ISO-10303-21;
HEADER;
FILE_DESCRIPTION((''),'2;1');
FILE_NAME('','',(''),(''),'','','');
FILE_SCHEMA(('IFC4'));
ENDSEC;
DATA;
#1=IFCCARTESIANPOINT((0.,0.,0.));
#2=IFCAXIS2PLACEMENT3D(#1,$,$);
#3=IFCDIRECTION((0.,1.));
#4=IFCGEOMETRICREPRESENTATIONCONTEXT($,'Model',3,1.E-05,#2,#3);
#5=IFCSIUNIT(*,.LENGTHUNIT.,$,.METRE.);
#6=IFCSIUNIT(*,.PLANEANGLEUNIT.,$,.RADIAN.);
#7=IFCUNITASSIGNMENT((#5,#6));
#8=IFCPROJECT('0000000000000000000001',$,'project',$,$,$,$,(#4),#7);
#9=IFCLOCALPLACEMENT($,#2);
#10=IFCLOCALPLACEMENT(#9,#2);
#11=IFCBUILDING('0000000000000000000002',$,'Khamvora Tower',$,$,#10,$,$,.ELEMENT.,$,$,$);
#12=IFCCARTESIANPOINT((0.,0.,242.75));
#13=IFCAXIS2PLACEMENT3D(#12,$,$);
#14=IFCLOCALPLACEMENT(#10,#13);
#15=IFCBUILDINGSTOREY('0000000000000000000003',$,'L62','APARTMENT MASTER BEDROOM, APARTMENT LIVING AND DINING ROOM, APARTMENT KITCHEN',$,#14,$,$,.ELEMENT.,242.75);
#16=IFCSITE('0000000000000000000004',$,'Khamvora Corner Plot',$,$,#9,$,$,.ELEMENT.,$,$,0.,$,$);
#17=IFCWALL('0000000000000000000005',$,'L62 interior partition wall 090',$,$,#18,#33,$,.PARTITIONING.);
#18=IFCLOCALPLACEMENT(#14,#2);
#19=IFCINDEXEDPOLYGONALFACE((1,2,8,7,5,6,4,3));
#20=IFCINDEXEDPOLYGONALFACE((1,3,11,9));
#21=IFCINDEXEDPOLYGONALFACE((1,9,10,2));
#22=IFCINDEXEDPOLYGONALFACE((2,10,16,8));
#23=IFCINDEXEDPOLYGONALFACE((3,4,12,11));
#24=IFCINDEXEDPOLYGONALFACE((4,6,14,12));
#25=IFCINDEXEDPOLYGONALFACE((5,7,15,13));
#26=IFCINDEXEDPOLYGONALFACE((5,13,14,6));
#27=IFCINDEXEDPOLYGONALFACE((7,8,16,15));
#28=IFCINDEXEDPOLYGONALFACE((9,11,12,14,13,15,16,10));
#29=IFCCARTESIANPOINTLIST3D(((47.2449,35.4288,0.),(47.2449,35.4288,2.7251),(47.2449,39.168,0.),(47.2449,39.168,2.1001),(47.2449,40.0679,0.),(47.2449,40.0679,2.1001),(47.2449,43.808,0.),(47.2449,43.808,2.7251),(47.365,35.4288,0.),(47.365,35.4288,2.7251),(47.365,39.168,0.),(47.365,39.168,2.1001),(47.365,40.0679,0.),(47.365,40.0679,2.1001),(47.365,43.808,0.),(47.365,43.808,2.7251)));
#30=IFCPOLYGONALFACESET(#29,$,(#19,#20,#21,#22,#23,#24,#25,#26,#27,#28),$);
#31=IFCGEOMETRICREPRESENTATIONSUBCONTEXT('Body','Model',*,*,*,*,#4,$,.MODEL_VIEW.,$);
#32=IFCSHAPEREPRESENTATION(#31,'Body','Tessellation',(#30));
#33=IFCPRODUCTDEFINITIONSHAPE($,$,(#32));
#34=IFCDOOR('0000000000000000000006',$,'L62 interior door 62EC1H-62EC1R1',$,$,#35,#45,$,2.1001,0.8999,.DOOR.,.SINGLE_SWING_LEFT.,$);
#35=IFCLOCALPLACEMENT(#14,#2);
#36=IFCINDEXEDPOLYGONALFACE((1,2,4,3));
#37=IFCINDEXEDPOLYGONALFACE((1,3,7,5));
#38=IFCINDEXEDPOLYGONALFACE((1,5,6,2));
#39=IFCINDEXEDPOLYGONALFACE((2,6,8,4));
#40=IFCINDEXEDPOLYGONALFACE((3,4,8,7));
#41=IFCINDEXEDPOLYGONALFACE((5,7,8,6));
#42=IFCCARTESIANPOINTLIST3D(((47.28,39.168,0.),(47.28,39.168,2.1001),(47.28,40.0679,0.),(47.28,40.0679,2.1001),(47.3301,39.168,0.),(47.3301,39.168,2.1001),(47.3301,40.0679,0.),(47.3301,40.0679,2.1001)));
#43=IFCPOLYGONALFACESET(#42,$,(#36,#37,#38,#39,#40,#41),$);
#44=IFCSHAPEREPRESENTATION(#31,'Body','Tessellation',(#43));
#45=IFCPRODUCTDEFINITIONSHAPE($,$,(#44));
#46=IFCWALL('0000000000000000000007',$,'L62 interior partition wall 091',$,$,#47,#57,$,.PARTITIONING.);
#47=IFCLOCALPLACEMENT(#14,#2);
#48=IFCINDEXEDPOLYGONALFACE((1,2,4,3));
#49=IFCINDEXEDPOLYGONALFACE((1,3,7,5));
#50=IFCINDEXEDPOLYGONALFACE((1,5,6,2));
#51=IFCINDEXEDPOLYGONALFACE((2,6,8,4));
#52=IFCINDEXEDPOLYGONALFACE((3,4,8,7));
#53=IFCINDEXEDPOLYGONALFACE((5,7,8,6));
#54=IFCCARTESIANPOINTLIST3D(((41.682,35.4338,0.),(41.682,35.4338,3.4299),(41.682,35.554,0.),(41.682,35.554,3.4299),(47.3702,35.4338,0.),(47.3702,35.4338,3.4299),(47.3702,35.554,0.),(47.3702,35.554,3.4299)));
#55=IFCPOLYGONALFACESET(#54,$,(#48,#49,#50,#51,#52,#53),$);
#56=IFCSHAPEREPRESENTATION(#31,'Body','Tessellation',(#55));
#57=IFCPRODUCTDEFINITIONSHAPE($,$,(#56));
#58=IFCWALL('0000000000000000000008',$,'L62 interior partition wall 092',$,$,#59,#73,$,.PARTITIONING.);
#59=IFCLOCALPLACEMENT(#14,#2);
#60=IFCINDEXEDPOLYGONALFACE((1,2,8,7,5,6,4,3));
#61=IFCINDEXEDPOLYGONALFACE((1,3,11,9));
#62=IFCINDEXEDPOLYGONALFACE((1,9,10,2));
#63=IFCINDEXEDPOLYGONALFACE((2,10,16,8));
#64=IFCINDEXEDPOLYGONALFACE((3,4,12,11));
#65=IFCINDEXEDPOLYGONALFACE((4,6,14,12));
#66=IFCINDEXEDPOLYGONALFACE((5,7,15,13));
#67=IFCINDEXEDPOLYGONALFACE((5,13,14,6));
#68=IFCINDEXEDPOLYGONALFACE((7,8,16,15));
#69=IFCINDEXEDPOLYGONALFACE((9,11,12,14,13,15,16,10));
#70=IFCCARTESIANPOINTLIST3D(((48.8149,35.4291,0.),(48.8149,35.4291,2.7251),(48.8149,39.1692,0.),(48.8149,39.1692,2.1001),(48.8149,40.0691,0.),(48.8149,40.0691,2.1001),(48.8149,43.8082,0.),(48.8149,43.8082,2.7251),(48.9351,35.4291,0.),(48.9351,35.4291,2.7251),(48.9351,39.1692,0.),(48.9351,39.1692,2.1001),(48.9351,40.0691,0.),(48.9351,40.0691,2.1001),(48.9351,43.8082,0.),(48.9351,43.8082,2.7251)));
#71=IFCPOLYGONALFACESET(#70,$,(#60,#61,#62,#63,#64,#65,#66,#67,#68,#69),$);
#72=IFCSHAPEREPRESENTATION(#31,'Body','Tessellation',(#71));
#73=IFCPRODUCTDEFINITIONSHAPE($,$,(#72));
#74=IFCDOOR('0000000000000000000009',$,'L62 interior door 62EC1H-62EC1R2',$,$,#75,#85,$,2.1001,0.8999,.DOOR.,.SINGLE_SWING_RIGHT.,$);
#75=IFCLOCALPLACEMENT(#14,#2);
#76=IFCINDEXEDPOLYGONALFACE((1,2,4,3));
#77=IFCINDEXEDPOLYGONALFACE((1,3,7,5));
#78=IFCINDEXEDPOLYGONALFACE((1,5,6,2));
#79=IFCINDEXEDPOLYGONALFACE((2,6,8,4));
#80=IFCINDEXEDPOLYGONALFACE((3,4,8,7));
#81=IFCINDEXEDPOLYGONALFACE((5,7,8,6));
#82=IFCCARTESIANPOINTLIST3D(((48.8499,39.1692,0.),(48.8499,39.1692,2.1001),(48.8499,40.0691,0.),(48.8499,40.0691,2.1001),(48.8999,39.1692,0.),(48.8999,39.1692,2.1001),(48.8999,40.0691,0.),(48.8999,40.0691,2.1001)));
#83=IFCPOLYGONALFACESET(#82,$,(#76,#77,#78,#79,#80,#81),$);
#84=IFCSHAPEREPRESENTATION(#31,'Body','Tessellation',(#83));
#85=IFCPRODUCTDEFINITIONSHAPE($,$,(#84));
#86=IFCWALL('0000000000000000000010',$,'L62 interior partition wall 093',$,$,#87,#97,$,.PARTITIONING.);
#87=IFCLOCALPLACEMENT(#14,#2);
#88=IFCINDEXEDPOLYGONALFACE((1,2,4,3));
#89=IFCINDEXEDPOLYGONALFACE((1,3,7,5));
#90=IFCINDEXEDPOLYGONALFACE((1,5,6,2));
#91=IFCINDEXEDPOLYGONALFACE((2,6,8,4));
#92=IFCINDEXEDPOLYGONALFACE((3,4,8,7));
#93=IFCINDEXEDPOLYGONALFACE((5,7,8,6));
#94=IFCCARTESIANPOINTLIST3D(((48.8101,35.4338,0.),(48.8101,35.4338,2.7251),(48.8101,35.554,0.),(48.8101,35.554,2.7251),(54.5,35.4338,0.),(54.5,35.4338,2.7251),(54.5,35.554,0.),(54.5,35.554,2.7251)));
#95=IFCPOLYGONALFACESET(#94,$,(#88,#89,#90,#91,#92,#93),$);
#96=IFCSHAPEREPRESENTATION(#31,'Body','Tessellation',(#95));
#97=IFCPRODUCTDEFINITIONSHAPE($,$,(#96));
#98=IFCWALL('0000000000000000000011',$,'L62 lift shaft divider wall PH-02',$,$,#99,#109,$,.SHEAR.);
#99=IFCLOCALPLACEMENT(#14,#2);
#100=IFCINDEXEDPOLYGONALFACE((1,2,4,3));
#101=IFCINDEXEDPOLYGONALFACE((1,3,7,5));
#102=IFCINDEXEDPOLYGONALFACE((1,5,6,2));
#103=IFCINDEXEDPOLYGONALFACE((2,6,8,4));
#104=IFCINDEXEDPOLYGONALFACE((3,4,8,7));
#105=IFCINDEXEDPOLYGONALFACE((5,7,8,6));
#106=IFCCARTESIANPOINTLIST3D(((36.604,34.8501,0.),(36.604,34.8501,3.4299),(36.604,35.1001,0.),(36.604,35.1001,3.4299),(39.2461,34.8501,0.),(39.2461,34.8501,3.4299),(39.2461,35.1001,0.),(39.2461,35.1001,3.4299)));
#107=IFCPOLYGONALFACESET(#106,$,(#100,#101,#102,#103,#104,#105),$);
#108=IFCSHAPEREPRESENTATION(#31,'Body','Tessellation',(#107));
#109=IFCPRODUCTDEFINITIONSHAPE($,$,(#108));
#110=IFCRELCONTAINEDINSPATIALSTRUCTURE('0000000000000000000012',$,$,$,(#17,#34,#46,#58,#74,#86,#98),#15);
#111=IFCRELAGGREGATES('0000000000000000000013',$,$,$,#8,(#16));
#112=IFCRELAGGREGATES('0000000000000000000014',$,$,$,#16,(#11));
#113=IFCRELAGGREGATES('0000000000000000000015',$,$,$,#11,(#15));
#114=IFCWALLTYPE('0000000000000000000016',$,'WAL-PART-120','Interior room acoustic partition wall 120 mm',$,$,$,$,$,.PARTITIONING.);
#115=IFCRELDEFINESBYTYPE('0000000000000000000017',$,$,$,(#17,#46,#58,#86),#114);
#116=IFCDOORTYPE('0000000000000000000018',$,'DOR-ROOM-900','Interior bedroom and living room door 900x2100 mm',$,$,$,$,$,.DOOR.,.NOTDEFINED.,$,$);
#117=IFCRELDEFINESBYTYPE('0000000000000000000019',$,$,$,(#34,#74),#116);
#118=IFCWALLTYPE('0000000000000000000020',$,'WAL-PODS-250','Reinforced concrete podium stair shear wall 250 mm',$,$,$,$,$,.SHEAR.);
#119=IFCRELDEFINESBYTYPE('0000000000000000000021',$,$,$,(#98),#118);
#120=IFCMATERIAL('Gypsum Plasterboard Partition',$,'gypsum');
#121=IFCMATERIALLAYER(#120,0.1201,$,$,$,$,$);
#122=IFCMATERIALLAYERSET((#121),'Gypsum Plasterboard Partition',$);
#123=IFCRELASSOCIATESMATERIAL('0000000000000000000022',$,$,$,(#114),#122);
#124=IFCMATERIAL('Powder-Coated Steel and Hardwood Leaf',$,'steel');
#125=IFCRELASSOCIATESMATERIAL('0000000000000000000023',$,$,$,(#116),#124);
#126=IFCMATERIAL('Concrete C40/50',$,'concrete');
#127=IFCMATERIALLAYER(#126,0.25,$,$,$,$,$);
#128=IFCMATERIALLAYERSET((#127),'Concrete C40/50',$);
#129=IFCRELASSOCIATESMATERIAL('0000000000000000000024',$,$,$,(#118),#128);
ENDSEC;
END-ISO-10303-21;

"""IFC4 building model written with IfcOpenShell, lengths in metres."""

from ifc_helpers import new_model, si_unit, direction, frame, frame_2d, origin, place, context, subcontext, project, spatial, rectangle, extrude, material, layer, layer_set, type_object, element, fill, save


model = new_model("IFC4")

# Units and contexts
model_context = context("Model", 3, precision=1e-05, world=origin(), true_north=direction((0.0, 1.0)))
body_context = subcontext(model_context, "Body", "Model", "MODEL_VIEW")
ifc_project = project(units=[si_unit("LENGTHUNIT", "METRE"), si_unit("PLANEANGLEUNIT", "RADIAN")], contexts=[model_context])

# Site, building, storey
site_placement = place(None, origin())
site = spatial("IfcSite", under=ifc_project, at=site_placement, Name="Khamvora Corner Plot", CompositionType="ELEMENT", RefElevation=0.0)
building_placement = place(site_placement, origin())
building = spatial("IfcBuilding", under=site, at=building_placement, Name="Khamvora Tower", CompositionType="ELEMENT")
storey_placement = place(building_placement, frame((0.0, 0.0, 242.75)))
storey = spatial("IfcBuildingStorey", under=building, at=storey_placement, Name="L62", Description="APARTMENT MASTER BEDROOM, APARTMENT LIVING AND DINING ROOM, APARTMENT KITCHEN", CompositionType="ELEMENT", Elevation=242.75)

# Wall, opening, door
ifc_material_1 = material(Name="Gypsum Plasterboard Partition", Category="gypsum")
ifc_layer_1 = layer(ifc_material_1, 0.1201)
ifc_layer_set_1 = layer_set([ifc_layer_1], Name="Gypsum Plasterboard Partition")
wall_type_1 = type_object("IfcWallType", Name="WAL-PART-120", Description="Interior room acoustic partition wall 120 mm", PredefinedType="PARTITIONING", material=ifc_layer_set_1)
wall_1_placement = place(storey_placement, frame((47.3049, 35.429, 0.0), z_axis=(0.0, 0.0, 1.0), x_axis=(0.0, 1.0, 0.0)))
wall_1 = element("IfcWall", 1, at=wall_1_placement, inside=storey, type_object=wall_type_1, Name="L62 interior partition wall 090", PredefinedType="PARTITIONING", context=body_context, shape_type="SweptSolid", body=[
    extrude(rectangle(XDim=8.3792, YDim=0.1201, at=frame_2d((4.1895, 0.0))), origin(), (0.0, 0.0, 1.0), 2.7251),
])
opening_1_placement = place(wall_1_placement, frame((3.739, 0.0, 0.0)))
opening_1 = element("IfcOpeningElement", 2, at=opening_1_placement, cuts=wall_1, PredefinedType="OPENING", context=body_context, shape_type="SweptSolid", body=[
    extrude(rectangle(XDim=0.8999, YDim=2.1001, at=frame_2d((0.45, 1.05))), frame((0.0, 0.0701, 0.0), z_axis=(0.0, -1.0, 0.0), x_axis=(1.0, 0.0, 0.0)), (0.0, 0.0, 1.0), 0.1401),
])
ifc_material_2 = material(Name="Powder-Coated Steel and Hardwood Leaf", Category="steel")
door_type = type_object("IfcDoorType", Name="DOR-ROOM-900", Description="Interior bedroom and living room door 900x2100 mm", OperationType="NOTDEFINED", PredefinedType="DOOR", material=ifc_material_2)
door_1_placement = place(opening_1_placement, origin())
door_1 = element("IfcDoor", 3, at=door_1_placement, inside=storey, type_object=door_type, Name="L62 interior door 62EC1H-62EC1R1", OperationType="SINGLE_SWING_LEFT", OverallHeight=2.1001, OverallWidth=0.8999, PredefinedType="DOOR", context=body_context, shape_type="SweptSolid", body=[
    extrude(rectangle(XDim=0.8999, YDim=2.1001, at=frame_2d((0.45, 1.05))), frame((0.0, 0.0249, 0.0), z_axis=(0.0, -1.0, 0.0), x_axis=(1.0, 0.0, 0.0)), (0.0, 0.0, 1.0), 0.05),
])
fill(opening_1, door_1)

# Wall
wall_2_placement = place(storey_placement, frame((41.6819, 35.4939, 0.0), z_axis=(0.0, 0.0, 1.0), x_axis=(1.0, 0.0, 0.0)))
element("IfcWall", 4, at=wall_2_placement, inside=storey, type_object=wall_type_1, Name="L62 interior partition wall 091", PredefinedType="PARTITIONING", context=body_context, shape_type="SweptSolid", body=[
    extrude(rectangle(XDim=5.6882, YDim=0.1201, at=frame_2d((2.8442, 0.0))), origin(), (0.0, 0.0, 1.0), 3.4299),
])

# Wall, opening, door
wall_3_placement = place(storey_placement, frame((48.875, 43.8081, 0.0), z_axis=(0.0, 0.0, 1.0), x_axis=(0.0, -1.0, 0.0)))
wall_3 = element("IfcWall", 5, at=wall_3_placement, inside=storey, type_object=wall_type_1, Name="L62 interior partition wall 092", PredefinedType="PARTITIONING", context=body_context, shape_type="SweptSolid", body=[
    extrude(rectangle(XDim=8.3792, YDim=0.1201, at=frame_2d((4.1895, 0.0))), origin(), (0.0, 0.0, 1.0), 2.7251),
])
opening_2_placement = place(wall_3_placement, frame((3.739, 0.0, 0.0)))
opening_2 = element("IfcOpeningElement", 6, at=opening_2_placement, cuts=wall_3, PredefinedType="OPENING", context=body_context, shape_type="SweptSolid", body=[
    extrude(rectangle(XDim=0.8999, YDim=2.1001, at=frame_2d((0.45, 1.05))), frame((0.0, 0.0701, 0.0), z_axis=(0.0, -1.0, 0.0), x_axis=(1.0, 0.0, 0.0)), (0.0, 0.0, 1.0), 0.1401),
])
door_2_placement = place(opening_2_placement, origin())
door_2 = element("IfcDoor", 7, at=door_2_placement, inside=storey, type_object=door_type, Name="L62 interior door 62EC1H-62EC1R2", OperationType="SINGLE_SWING_RIGHT", OverallHeight=2.1001, OverallWidth=0.8999, PredefinedType="DOOR", context=body_context, shape_type="SweptSolid", body=[
    extrude(rectangle(XDim=0.8999, YDim=2.1001, at=frame_2d((0.45, 1.05))), frame((0.0, 0.0249, 0.0), z_axis=(0.0, -1.0, 0.0), x_axis=(1.0, 0.0, 0.0)), (0.0, 0.0, 1.0), 0.05),
])
fill(opening_2, door_2)

# Walls
wall_4_placement = place(storey_placement, frame((48.8101, 35.4939, 0.0), z_axis=(0.0, 0.0, 1.0), x_axis=(1.0, 0.0, 0.0)))
element("IfcWall", 8, at=wall_4_placement, inside=storey, type_object=wall_type_1, Name="L62 interior partition wall 093", PredefinedType="PARTITIONING", context=body_context, shape_type="SweptSolid", body=[
    extrude(rectangle(XDim=5.6899, YDim=0.1201, at=frame_2d((2.845, 0.0))), origin(), (0.0, 0.0, 1.0), 2.7251),
])
ifc_material_3 = material(Name="Concrete C40/50", Category="concrete")
ifc_layer_2 = layer(ifc_material_3, 0.25)
ifc_layer_set_2 = layer_set([ifc_layer_2], Name="Concrete C40/50")
wall_type_2 = type_object("IfcWallType", Name="WAL-PODS-250", Description="Reinforced concrete podium stair shear wall 250 mm", PredefinedType="SHEAR", material=ifc_layer_set_2)
wall_5_placement = place(storey_placement, frame((36.604, 34.9751, 0.0), z_axis=(0.0, 0.0, 1.0), x_axis=(1.0, 0.0, 0.0)))
element("IfcWall", 9, at=wall_5_placement, inside=storey, type_object=wall_type_2, Name="L62 lift shaft divider wall PH-02", PredefinedType="SHEAR", context=body_context, shape_type="SweptSolid", body=[
    extrude(rectangle(XDim=2.6421, YDim=0.25, at=frame_2d((1.321, 0.0))), origin(), (0.0, 0.0, 1.0), 3.4299),
])

save(model, "model.ifc")
